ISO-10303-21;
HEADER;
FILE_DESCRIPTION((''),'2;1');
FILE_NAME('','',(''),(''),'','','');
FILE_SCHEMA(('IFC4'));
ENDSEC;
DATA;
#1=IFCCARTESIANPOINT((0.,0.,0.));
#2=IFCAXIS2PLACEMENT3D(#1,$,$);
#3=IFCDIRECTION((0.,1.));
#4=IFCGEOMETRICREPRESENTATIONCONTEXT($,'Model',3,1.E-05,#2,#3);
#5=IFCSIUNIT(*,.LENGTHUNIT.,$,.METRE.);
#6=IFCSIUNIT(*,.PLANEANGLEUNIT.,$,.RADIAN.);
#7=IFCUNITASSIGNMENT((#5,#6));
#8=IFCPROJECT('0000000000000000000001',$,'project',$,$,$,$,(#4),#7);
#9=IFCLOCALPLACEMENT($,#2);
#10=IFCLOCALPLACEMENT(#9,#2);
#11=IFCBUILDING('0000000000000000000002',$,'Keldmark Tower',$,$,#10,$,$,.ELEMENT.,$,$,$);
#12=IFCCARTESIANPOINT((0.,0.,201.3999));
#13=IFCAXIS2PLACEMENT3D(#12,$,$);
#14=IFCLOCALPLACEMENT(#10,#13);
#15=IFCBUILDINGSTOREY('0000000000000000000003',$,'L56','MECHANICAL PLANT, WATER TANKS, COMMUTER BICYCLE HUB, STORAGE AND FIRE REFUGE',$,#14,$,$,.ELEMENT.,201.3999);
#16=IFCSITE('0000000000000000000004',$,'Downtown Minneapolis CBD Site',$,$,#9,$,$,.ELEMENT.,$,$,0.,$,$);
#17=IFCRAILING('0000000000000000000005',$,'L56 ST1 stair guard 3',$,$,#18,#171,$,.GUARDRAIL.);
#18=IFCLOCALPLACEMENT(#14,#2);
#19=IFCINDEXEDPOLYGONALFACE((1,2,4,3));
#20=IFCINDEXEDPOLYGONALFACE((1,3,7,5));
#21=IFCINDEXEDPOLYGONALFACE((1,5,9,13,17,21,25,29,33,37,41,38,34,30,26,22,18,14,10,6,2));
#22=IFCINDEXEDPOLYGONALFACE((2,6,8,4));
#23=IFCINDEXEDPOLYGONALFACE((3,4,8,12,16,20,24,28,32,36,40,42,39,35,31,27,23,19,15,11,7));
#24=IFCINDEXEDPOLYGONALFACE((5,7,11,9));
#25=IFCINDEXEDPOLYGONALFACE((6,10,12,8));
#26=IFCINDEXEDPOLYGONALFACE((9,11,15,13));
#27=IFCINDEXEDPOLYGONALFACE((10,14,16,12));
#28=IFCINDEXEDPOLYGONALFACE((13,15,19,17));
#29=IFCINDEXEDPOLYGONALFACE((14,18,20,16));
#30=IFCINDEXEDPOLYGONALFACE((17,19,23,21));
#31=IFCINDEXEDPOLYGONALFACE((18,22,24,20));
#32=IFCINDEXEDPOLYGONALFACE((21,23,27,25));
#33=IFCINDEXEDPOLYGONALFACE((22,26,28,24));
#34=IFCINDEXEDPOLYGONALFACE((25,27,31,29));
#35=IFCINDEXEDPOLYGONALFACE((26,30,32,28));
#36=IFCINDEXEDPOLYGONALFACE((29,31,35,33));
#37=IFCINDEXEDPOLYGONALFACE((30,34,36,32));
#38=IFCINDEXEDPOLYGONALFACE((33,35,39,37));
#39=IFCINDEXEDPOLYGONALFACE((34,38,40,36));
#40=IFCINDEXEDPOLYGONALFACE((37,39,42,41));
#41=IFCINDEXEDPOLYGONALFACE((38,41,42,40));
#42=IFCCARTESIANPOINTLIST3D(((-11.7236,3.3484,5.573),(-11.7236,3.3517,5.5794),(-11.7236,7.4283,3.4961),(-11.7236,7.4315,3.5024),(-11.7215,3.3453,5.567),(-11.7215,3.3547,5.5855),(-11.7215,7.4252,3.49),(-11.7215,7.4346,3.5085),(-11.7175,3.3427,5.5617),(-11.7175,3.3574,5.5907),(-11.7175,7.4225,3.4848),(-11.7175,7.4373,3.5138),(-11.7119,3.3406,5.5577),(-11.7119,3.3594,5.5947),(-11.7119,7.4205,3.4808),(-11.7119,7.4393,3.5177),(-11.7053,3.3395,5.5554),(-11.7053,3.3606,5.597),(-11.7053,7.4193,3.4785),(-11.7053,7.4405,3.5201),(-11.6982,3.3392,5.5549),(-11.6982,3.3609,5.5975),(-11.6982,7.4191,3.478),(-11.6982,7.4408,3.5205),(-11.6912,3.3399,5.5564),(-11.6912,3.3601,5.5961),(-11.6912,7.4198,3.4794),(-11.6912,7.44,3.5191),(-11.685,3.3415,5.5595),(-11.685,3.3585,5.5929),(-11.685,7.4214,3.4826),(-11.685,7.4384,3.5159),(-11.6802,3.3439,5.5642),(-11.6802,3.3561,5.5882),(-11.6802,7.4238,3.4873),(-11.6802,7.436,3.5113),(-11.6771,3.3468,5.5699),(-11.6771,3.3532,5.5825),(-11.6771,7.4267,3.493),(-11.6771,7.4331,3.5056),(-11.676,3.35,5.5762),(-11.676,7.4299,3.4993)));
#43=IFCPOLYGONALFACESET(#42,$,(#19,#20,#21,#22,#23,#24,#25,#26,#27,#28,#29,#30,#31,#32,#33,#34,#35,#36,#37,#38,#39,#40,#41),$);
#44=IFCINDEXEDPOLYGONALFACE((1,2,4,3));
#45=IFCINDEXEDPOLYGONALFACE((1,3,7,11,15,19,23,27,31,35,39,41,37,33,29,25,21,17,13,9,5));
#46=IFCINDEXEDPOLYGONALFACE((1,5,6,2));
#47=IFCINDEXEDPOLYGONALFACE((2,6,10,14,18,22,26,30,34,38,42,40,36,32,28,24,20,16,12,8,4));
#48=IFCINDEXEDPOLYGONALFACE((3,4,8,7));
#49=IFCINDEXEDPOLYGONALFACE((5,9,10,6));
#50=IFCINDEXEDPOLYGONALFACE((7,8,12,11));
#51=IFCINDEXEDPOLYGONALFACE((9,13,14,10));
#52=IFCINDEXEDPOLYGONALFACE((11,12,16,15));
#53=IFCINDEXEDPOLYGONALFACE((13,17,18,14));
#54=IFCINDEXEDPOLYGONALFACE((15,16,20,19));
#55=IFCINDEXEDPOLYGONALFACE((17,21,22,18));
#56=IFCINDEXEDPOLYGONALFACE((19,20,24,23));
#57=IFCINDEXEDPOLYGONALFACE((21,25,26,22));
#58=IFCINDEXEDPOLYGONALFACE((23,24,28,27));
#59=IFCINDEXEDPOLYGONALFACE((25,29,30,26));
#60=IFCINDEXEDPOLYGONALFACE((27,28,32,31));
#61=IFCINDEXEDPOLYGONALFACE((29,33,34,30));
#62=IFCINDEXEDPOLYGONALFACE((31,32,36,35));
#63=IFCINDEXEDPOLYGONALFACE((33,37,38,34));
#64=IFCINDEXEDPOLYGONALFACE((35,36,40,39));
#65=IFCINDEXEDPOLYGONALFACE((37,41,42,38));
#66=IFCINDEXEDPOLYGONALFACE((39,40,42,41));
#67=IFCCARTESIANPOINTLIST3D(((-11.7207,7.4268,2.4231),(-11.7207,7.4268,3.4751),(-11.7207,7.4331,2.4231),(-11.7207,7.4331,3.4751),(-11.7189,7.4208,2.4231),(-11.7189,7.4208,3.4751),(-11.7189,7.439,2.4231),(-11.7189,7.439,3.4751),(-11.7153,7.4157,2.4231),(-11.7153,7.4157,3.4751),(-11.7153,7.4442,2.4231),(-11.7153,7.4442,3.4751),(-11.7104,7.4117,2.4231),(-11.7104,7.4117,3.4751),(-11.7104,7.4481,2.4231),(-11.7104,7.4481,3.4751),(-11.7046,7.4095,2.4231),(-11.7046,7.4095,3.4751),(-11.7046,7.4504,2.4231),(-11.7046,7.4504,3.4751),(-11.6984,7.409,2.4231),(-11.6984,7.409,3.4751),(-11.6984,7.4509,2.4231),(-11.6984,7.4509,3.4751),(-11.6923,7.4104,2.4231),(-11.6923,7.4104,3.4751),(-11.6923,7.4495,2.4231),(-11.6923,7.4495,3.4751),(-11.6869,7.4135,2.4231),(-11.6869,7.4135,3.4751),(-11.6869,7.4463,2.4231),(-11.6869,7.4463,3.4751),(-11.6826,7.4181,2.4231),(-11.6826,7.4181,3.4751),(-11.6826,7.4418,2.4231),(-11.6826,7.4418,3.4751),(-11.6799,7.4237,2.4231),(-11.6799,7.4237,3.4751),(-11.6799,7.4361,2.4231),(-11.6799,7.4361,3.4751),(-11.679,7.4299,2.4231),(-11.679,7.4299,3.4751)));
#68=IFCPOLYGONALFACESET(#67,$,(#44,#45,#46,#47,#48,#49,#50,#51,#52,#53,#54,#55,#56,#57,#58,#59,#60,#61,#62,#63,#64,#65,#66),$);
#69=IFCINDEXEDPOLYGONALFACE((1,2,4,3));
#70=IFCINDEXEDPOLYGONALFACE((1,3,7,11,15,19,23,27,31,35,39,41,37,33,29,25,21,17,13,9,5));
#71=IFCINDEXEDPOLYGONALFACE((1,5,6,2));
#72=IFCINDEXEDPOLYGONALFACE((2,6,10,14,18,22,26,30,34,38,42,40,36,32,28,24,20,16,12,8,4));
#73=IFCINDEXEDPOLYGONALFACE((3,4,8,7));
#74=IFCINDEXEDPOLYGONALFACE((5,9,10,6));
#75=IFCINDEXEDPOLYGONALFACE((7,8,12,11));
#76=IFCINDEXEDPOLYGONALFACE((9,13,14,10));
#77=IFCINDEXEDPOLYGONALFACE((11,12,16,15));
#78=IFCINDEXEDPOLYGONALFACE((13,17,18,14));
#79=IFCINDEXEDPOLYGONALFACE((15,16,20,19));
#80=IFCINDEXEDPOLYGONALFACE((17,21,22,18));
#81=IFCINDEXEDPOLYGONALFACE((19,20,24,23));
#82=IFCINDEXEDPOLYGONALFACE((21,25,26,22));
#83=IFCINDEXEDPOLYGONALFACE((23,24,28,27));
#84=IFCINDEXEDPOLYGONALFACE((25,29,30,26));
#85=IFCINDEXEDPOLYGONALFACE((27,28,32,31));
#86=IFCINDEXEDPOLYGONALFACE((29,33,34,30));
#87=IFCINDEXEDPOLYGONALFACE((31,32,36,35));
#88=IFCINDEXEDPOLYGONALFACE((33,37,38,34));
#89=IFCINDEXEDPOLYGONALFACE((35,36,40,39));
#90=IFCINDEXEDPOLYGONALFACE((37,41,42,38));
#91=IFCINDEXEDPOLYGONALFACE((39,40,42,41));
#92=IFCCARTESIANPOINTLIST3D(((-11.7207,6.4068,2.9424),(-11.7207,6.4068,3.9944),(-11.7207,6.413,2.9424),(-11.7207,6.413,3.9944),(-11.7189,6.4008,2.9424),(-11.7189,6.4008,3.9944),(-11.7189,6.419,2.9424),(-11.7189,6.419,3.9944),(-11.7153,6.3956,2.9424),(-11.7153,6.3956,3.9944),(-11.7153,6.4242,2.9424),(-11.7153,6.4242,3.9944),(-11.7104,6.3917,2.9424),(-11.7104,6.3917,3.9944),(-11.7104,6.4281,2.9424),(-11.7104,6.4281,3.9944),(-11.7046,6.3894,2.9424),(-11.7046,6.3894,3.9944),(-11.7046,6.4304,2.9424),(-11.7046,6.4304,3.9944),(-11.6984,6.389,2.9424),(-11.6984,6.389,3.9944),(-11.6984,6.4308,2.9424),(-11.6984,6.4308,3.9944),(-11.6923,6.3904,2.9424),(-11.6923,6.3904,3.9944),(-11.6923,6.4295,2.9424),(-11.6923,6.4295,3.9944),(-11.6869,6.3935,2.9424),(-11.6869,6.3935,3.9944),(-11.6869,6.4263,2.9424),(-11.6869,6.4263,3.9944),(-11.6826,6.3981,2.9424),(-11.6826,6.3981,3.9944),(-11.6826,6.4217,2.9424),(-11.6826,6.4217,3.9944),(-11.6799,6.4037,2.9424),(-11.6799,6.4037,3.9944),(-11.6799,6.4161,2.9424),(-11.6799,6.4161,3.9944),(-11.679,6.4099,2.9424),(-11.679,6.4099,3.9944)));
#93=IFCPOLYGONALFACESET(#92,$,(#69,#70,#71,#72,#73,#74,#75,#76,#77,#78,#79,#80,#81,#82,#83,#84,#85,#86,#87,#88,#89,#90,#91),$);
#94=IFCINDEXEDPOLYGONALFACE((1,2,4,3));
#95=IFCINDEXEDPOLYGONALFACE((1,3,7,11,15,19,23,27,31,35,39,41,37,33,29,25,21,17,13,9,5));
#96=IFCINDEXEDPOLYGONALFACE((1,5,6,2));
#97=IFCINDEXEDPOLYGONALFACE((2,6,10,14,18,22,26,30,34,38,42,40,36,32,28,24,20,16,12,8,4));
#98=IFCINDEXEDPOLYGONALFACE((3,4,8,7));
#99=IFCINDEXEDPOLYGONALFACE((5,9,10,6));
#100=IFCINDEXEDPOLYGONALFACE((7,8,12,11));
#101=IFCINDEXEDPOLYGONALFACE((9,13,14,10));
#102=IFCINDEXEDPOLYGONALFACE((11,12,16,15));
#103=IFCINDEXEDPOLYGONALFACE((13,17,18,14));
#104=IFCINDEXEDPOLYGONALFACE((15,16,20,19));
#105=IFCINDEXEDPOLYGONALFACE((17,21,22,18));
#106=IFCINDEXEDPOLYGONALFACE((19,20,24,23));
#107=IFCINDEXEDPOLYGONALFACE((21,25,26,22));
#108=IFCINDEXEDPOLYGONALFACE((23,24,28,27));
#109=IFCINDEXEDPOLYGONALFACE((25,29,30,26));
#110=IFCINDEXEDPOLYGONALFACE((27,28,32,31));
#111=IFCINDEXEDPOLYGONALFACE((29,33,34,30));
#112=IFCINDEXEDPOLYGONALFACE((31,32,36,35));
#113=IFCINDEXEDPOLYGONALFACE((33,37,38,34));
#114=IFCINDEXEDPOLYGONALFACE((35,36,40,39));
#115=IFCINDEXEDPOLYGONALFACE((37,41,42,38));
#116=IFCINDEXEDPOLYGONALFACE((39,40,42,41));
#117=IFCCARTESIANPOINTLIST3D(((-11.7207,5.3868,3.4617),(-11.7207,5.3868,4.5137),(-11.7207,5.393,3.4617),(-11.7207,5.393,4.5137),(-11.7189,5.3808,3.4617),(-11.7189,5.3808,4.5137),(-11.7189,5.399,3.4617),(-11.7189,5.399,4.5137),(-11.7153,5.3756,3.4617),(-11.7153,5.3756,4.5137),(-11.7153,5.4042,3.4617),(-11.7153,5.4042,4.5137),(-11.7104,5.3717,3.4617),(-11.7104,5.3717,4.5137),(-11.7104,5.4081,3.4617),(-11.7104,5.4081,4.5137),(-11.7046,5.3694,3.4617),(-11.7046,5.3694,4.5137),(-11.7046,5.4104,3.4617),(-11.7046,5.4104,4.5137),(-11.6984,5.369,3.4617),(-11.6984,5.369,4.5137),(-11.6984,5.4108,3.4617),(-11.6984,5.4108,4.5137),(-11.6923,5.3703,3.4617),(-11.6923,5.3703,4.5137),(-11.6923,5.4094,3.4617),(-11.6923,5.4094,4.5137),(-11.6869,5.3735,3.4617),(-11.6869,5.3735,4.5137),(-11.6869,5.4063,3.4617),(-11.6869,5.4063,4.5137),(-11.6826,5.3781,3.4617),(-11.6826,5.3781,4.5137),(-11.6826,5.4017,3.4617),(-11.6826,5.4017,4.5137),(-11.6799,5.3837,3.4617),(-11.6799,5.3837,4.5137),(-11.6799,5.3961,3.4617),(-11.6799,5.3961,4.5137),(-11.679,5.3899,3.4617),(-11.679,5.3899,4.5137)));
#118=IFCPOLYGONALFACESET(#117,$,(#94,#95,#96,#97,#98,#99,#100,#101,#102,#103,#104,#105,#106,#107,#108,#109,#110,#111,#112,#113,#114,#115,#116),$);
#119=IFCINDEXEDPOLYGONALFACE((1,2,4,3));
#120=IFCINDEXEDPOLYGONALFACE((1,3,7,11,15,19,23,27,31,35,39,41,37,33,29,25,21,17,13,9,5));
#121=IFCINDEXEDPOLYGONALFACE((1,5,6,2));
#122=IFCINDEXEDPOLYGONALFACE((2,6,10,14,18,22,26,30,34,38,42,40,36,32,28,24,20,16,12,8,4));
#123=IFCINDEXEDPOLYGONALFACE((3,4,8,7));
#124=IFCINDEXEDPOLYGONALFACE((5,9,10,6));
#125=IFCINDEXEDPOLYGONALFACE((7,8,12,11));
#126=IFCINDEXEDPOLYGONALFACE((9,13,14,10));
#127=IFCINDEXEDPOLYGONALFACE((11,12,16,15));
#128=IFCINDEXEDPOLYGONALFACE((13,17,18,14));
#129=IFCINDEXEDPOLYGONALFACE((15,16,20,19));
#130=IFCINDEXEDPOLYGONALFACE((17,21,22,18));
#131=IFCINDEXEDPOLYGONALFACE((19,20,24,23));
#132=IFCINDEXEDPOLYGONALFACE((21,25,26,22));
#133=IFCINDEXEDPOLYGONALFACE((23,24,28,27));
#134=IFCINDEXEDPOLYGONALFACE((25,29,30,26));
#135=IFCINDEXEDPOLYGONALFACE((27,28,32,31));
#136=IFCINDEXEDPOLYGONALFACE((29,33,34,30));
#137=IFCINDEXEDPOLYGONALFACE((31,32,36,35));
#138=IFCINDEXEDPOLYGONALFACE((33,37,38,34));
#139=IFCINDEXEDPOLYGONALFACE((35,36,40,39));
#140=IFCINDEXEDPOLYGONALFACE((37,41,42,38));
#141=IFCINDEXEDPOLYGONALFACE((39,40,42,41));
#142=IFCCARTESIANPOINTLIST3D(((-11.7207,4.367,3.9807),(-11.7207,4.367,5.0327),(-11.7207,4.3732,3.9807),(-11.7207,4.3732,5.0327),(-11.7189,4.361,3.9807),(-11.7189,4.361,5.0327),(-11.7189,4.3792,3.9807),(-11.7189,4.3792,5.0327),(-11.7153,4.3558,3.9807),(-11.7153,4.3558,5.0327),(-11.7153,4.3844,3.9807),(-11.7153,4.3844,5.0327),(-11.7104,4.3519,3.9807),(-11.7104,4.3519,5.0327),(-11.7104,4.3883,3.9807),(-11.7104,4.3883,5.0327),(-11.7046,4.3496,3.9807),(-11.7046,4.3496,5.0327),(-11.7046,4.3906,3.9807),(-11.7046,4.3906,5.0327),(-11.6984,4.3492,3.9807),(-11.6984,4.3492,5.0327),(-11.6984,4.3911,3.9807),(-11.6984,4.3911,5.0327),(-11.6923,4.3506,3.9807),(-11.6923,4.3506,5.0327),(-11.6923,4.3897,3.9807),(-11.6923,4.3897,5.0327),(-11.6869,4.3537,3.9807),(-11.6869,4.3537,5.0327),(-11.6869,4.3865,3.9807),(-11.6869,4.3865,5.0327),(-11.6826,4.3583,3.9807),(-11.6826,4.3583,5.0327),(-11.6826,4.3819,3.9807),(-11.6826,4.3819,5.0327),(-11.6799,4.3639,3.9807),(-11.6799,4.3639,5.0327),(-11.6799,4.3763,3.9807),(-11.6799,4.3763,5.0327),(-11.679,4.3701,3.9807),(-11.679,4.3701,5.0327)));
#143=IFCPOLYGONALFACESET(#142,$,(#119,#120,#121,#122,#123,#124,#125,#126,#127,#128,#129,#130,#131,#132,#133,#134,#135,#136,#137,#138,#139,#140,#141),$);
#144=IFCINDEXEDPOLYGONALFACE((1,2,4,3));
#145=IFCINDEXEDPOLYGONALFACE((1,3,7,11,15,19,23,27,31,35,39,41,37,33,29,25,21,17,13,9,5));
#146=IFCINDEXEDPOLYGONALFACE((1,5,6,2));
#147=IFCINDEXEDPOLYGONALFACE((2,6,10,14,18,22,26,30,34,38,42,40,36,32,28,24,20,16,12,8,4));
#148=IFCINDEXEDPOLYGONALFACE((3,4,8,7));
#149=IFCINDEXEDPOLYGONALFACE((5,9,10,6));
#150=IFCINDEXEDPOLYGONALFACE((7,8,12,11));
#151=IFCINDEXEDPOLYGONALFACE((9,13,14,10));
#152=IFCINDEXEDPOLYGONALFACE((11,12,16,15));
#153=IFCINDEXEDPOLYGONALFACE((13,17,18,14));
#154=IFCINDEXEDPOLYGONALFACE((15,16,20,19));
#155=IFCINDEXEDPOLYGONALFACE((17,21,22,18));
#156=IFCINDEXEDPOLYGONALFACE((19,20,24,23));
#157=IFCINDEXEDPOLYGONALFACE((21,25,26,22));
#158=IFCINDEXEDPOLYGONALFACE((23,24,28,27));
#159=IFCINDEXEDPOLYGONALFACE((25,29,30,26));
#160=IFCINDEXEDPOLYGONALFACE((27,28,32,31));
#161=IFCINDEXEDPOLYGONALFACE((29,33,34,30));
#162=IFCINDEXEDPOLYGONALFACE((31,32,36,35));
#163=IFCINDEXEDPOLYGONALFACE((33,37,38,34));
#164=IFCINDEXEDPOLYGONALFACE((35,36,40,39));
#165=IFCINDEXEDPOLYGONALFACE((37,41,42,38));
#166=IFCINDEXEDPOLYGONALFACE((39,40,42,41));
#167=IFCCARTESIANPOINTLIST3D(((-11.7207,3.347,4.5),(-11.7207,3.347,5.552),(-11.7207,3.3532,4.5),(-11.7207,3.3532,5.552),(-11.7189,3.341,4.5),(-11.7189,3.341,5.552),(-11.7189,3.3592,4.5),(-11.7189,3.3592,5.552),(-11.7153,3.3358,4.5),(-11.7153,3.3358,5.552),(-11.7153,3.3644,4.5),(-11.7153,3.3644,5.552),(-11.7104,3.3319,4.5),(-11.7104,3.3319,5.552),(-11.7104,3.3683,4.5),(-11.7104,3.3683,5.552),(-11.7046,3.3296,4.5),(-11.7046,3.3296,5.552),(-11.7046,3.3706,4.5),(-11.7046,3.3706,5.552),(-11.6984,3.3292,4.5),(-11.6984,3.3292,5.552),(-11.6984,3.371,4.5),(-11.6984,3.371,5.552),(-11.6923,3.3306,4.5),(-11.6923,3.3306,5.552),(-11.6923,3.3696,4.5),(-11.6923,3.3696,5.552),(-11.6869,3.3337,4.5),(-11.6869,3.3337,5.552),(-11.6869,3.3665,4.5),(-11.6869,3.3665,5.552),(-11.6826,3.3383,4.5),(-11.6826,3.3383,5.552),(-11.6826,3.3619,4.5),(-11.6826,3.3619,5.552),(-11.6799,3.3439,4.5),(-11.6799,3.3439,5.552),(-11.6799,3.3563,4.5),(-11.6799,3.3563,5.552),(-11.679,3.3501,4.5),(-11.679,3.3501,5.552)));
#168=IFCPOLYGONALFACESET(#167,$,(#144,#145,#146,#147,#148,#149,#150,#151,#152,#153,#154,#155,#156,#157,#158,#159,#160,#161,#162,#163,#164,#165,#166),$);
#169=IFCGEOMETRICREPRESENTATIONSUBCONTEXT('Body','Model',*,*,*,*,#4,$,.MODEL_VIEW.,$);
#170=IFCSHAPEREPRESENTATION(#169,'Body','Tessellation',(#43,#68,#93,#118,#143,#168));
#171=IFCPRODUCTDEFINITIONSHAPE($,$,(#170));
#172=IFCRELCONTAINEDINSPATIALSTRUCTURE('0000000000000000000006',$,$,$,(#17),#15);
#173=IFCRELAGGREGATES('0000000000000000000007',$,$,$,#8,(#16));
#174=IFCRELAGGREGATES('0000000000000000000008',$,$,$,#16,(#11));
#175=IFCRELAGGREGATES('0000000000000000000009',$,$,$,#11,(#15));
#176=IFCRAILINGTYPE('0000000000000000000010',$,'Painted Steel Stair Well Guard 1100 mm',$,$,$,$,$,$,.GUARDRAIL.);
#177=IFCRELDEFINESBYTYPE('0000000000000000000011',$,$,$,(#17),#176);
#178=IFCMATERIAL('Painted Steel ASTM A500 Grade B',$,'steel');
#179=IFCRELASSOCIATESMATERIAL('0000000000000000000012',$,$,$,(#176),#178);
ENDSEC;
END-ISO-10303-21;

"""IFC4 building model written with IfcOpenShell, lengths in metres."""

from ifc_helpers import new_model, si_unit, direction, frame, origin, origin_2d, place, context, subcontext, project, spatial, circle, extrude, material, type_object, element, save


model = new_model("IFC4")

# Units and contexts
model_context = context("Model", 3, precision=1e-05, world=origin(), true_north=direction((0.0, 1.0)))
body_context = subcontext(model_context, "Body", "Model", "MODEL_VIEW")
ifc_project = project(units=[si_unit("LENGTHUNIT", "METRE"), si_unit("PLANEANGLEUNIT", "RADIAN")], contexts=[model_context])

# Site, building, storey
site_placement = place(None, origin())
site = spatial("IfcSite", under=ifc_project, at=site_placement, Name="Downtown Minneapolis CBD Site", CompositionType="ELEMENT", RefElevation=0.0)
building_placement = place(site_placement, origin())
building = spatial("IfcBuilding", under=site, at=building_placement, Name="Keldmark Tower", CompositionType="ELEMENT")
storey_placement = place(building_placement, frame((0.0, 0.0, 201.3999)))
storey = spatial("IfcBuildingStorey", under=building, at=storey_placement, Name="L56", Description="MECHANICAL PLANT, WATER TANKS, COMMUTER BICYCLE HUB, STORAGE AND FIRE REFUGE", CompositionType="ELEMENT", Elevation=201.3999)

# Railing
ifc_material_1 = material(Name="Painted Steel ASTM A500 Grade B", Category="steel")
railing_type_1 = type_object("IfcRailingType", Name="Painted Steel Stair Well Guard 1100 mm", PredefinedType="GUARDRAIL", material=ifc_material_1)
railing_1_placement = place(storey_placement, frame((-11.7, 7.4299, 2.4231)))
element("IfcRailing", 1, at=railing_1_placement, inside=storey, type_object=railing_type_1, Name="L56 ST1 stair guard 3", PredefinedType="GUARDRAIL", context=body_context, shape_type="SweptSolid", body=[
    extrude(circle(Radius=0.0239, at=origin_2d()), frame((0.0, 0.0, 1.0762), z_axis=(0.0, -0.891172, 0.453665), x_axis=(1.0, 0.0, 0.0)), (0.0, 0.0, 1.0), 4.5781),
    extrude(circle(Radius=0.021, at=origin_2d()), origin(), (0.0, 0.0, 1.0), 1.052),
    extrude(circle(Radius=0.021, at=origin_2d()), frame((0.0, -1.02, 0.5193)), (0.0, 0.0, 1.0), 1.052),
    extrude(circle(Radius=0.021, at=origin_2d()), frame((0.0, -2.04, 1.0386)), (0.0, 0.0, 1.0), 1.052),
    extrude(circle(Radius=0.021, at=origin_2d()), frame((0.0, -3.0598, 1.5576)), (0.0, 0.0, 1.0), 1.052),
    extrude(circle(Radius=0.021, at=origin_2d()), frame((0.0, -4.0798, 2.0769)), (0.0, 0.0, 1.0), 1.052),
])

save(model, "model.ifc")
